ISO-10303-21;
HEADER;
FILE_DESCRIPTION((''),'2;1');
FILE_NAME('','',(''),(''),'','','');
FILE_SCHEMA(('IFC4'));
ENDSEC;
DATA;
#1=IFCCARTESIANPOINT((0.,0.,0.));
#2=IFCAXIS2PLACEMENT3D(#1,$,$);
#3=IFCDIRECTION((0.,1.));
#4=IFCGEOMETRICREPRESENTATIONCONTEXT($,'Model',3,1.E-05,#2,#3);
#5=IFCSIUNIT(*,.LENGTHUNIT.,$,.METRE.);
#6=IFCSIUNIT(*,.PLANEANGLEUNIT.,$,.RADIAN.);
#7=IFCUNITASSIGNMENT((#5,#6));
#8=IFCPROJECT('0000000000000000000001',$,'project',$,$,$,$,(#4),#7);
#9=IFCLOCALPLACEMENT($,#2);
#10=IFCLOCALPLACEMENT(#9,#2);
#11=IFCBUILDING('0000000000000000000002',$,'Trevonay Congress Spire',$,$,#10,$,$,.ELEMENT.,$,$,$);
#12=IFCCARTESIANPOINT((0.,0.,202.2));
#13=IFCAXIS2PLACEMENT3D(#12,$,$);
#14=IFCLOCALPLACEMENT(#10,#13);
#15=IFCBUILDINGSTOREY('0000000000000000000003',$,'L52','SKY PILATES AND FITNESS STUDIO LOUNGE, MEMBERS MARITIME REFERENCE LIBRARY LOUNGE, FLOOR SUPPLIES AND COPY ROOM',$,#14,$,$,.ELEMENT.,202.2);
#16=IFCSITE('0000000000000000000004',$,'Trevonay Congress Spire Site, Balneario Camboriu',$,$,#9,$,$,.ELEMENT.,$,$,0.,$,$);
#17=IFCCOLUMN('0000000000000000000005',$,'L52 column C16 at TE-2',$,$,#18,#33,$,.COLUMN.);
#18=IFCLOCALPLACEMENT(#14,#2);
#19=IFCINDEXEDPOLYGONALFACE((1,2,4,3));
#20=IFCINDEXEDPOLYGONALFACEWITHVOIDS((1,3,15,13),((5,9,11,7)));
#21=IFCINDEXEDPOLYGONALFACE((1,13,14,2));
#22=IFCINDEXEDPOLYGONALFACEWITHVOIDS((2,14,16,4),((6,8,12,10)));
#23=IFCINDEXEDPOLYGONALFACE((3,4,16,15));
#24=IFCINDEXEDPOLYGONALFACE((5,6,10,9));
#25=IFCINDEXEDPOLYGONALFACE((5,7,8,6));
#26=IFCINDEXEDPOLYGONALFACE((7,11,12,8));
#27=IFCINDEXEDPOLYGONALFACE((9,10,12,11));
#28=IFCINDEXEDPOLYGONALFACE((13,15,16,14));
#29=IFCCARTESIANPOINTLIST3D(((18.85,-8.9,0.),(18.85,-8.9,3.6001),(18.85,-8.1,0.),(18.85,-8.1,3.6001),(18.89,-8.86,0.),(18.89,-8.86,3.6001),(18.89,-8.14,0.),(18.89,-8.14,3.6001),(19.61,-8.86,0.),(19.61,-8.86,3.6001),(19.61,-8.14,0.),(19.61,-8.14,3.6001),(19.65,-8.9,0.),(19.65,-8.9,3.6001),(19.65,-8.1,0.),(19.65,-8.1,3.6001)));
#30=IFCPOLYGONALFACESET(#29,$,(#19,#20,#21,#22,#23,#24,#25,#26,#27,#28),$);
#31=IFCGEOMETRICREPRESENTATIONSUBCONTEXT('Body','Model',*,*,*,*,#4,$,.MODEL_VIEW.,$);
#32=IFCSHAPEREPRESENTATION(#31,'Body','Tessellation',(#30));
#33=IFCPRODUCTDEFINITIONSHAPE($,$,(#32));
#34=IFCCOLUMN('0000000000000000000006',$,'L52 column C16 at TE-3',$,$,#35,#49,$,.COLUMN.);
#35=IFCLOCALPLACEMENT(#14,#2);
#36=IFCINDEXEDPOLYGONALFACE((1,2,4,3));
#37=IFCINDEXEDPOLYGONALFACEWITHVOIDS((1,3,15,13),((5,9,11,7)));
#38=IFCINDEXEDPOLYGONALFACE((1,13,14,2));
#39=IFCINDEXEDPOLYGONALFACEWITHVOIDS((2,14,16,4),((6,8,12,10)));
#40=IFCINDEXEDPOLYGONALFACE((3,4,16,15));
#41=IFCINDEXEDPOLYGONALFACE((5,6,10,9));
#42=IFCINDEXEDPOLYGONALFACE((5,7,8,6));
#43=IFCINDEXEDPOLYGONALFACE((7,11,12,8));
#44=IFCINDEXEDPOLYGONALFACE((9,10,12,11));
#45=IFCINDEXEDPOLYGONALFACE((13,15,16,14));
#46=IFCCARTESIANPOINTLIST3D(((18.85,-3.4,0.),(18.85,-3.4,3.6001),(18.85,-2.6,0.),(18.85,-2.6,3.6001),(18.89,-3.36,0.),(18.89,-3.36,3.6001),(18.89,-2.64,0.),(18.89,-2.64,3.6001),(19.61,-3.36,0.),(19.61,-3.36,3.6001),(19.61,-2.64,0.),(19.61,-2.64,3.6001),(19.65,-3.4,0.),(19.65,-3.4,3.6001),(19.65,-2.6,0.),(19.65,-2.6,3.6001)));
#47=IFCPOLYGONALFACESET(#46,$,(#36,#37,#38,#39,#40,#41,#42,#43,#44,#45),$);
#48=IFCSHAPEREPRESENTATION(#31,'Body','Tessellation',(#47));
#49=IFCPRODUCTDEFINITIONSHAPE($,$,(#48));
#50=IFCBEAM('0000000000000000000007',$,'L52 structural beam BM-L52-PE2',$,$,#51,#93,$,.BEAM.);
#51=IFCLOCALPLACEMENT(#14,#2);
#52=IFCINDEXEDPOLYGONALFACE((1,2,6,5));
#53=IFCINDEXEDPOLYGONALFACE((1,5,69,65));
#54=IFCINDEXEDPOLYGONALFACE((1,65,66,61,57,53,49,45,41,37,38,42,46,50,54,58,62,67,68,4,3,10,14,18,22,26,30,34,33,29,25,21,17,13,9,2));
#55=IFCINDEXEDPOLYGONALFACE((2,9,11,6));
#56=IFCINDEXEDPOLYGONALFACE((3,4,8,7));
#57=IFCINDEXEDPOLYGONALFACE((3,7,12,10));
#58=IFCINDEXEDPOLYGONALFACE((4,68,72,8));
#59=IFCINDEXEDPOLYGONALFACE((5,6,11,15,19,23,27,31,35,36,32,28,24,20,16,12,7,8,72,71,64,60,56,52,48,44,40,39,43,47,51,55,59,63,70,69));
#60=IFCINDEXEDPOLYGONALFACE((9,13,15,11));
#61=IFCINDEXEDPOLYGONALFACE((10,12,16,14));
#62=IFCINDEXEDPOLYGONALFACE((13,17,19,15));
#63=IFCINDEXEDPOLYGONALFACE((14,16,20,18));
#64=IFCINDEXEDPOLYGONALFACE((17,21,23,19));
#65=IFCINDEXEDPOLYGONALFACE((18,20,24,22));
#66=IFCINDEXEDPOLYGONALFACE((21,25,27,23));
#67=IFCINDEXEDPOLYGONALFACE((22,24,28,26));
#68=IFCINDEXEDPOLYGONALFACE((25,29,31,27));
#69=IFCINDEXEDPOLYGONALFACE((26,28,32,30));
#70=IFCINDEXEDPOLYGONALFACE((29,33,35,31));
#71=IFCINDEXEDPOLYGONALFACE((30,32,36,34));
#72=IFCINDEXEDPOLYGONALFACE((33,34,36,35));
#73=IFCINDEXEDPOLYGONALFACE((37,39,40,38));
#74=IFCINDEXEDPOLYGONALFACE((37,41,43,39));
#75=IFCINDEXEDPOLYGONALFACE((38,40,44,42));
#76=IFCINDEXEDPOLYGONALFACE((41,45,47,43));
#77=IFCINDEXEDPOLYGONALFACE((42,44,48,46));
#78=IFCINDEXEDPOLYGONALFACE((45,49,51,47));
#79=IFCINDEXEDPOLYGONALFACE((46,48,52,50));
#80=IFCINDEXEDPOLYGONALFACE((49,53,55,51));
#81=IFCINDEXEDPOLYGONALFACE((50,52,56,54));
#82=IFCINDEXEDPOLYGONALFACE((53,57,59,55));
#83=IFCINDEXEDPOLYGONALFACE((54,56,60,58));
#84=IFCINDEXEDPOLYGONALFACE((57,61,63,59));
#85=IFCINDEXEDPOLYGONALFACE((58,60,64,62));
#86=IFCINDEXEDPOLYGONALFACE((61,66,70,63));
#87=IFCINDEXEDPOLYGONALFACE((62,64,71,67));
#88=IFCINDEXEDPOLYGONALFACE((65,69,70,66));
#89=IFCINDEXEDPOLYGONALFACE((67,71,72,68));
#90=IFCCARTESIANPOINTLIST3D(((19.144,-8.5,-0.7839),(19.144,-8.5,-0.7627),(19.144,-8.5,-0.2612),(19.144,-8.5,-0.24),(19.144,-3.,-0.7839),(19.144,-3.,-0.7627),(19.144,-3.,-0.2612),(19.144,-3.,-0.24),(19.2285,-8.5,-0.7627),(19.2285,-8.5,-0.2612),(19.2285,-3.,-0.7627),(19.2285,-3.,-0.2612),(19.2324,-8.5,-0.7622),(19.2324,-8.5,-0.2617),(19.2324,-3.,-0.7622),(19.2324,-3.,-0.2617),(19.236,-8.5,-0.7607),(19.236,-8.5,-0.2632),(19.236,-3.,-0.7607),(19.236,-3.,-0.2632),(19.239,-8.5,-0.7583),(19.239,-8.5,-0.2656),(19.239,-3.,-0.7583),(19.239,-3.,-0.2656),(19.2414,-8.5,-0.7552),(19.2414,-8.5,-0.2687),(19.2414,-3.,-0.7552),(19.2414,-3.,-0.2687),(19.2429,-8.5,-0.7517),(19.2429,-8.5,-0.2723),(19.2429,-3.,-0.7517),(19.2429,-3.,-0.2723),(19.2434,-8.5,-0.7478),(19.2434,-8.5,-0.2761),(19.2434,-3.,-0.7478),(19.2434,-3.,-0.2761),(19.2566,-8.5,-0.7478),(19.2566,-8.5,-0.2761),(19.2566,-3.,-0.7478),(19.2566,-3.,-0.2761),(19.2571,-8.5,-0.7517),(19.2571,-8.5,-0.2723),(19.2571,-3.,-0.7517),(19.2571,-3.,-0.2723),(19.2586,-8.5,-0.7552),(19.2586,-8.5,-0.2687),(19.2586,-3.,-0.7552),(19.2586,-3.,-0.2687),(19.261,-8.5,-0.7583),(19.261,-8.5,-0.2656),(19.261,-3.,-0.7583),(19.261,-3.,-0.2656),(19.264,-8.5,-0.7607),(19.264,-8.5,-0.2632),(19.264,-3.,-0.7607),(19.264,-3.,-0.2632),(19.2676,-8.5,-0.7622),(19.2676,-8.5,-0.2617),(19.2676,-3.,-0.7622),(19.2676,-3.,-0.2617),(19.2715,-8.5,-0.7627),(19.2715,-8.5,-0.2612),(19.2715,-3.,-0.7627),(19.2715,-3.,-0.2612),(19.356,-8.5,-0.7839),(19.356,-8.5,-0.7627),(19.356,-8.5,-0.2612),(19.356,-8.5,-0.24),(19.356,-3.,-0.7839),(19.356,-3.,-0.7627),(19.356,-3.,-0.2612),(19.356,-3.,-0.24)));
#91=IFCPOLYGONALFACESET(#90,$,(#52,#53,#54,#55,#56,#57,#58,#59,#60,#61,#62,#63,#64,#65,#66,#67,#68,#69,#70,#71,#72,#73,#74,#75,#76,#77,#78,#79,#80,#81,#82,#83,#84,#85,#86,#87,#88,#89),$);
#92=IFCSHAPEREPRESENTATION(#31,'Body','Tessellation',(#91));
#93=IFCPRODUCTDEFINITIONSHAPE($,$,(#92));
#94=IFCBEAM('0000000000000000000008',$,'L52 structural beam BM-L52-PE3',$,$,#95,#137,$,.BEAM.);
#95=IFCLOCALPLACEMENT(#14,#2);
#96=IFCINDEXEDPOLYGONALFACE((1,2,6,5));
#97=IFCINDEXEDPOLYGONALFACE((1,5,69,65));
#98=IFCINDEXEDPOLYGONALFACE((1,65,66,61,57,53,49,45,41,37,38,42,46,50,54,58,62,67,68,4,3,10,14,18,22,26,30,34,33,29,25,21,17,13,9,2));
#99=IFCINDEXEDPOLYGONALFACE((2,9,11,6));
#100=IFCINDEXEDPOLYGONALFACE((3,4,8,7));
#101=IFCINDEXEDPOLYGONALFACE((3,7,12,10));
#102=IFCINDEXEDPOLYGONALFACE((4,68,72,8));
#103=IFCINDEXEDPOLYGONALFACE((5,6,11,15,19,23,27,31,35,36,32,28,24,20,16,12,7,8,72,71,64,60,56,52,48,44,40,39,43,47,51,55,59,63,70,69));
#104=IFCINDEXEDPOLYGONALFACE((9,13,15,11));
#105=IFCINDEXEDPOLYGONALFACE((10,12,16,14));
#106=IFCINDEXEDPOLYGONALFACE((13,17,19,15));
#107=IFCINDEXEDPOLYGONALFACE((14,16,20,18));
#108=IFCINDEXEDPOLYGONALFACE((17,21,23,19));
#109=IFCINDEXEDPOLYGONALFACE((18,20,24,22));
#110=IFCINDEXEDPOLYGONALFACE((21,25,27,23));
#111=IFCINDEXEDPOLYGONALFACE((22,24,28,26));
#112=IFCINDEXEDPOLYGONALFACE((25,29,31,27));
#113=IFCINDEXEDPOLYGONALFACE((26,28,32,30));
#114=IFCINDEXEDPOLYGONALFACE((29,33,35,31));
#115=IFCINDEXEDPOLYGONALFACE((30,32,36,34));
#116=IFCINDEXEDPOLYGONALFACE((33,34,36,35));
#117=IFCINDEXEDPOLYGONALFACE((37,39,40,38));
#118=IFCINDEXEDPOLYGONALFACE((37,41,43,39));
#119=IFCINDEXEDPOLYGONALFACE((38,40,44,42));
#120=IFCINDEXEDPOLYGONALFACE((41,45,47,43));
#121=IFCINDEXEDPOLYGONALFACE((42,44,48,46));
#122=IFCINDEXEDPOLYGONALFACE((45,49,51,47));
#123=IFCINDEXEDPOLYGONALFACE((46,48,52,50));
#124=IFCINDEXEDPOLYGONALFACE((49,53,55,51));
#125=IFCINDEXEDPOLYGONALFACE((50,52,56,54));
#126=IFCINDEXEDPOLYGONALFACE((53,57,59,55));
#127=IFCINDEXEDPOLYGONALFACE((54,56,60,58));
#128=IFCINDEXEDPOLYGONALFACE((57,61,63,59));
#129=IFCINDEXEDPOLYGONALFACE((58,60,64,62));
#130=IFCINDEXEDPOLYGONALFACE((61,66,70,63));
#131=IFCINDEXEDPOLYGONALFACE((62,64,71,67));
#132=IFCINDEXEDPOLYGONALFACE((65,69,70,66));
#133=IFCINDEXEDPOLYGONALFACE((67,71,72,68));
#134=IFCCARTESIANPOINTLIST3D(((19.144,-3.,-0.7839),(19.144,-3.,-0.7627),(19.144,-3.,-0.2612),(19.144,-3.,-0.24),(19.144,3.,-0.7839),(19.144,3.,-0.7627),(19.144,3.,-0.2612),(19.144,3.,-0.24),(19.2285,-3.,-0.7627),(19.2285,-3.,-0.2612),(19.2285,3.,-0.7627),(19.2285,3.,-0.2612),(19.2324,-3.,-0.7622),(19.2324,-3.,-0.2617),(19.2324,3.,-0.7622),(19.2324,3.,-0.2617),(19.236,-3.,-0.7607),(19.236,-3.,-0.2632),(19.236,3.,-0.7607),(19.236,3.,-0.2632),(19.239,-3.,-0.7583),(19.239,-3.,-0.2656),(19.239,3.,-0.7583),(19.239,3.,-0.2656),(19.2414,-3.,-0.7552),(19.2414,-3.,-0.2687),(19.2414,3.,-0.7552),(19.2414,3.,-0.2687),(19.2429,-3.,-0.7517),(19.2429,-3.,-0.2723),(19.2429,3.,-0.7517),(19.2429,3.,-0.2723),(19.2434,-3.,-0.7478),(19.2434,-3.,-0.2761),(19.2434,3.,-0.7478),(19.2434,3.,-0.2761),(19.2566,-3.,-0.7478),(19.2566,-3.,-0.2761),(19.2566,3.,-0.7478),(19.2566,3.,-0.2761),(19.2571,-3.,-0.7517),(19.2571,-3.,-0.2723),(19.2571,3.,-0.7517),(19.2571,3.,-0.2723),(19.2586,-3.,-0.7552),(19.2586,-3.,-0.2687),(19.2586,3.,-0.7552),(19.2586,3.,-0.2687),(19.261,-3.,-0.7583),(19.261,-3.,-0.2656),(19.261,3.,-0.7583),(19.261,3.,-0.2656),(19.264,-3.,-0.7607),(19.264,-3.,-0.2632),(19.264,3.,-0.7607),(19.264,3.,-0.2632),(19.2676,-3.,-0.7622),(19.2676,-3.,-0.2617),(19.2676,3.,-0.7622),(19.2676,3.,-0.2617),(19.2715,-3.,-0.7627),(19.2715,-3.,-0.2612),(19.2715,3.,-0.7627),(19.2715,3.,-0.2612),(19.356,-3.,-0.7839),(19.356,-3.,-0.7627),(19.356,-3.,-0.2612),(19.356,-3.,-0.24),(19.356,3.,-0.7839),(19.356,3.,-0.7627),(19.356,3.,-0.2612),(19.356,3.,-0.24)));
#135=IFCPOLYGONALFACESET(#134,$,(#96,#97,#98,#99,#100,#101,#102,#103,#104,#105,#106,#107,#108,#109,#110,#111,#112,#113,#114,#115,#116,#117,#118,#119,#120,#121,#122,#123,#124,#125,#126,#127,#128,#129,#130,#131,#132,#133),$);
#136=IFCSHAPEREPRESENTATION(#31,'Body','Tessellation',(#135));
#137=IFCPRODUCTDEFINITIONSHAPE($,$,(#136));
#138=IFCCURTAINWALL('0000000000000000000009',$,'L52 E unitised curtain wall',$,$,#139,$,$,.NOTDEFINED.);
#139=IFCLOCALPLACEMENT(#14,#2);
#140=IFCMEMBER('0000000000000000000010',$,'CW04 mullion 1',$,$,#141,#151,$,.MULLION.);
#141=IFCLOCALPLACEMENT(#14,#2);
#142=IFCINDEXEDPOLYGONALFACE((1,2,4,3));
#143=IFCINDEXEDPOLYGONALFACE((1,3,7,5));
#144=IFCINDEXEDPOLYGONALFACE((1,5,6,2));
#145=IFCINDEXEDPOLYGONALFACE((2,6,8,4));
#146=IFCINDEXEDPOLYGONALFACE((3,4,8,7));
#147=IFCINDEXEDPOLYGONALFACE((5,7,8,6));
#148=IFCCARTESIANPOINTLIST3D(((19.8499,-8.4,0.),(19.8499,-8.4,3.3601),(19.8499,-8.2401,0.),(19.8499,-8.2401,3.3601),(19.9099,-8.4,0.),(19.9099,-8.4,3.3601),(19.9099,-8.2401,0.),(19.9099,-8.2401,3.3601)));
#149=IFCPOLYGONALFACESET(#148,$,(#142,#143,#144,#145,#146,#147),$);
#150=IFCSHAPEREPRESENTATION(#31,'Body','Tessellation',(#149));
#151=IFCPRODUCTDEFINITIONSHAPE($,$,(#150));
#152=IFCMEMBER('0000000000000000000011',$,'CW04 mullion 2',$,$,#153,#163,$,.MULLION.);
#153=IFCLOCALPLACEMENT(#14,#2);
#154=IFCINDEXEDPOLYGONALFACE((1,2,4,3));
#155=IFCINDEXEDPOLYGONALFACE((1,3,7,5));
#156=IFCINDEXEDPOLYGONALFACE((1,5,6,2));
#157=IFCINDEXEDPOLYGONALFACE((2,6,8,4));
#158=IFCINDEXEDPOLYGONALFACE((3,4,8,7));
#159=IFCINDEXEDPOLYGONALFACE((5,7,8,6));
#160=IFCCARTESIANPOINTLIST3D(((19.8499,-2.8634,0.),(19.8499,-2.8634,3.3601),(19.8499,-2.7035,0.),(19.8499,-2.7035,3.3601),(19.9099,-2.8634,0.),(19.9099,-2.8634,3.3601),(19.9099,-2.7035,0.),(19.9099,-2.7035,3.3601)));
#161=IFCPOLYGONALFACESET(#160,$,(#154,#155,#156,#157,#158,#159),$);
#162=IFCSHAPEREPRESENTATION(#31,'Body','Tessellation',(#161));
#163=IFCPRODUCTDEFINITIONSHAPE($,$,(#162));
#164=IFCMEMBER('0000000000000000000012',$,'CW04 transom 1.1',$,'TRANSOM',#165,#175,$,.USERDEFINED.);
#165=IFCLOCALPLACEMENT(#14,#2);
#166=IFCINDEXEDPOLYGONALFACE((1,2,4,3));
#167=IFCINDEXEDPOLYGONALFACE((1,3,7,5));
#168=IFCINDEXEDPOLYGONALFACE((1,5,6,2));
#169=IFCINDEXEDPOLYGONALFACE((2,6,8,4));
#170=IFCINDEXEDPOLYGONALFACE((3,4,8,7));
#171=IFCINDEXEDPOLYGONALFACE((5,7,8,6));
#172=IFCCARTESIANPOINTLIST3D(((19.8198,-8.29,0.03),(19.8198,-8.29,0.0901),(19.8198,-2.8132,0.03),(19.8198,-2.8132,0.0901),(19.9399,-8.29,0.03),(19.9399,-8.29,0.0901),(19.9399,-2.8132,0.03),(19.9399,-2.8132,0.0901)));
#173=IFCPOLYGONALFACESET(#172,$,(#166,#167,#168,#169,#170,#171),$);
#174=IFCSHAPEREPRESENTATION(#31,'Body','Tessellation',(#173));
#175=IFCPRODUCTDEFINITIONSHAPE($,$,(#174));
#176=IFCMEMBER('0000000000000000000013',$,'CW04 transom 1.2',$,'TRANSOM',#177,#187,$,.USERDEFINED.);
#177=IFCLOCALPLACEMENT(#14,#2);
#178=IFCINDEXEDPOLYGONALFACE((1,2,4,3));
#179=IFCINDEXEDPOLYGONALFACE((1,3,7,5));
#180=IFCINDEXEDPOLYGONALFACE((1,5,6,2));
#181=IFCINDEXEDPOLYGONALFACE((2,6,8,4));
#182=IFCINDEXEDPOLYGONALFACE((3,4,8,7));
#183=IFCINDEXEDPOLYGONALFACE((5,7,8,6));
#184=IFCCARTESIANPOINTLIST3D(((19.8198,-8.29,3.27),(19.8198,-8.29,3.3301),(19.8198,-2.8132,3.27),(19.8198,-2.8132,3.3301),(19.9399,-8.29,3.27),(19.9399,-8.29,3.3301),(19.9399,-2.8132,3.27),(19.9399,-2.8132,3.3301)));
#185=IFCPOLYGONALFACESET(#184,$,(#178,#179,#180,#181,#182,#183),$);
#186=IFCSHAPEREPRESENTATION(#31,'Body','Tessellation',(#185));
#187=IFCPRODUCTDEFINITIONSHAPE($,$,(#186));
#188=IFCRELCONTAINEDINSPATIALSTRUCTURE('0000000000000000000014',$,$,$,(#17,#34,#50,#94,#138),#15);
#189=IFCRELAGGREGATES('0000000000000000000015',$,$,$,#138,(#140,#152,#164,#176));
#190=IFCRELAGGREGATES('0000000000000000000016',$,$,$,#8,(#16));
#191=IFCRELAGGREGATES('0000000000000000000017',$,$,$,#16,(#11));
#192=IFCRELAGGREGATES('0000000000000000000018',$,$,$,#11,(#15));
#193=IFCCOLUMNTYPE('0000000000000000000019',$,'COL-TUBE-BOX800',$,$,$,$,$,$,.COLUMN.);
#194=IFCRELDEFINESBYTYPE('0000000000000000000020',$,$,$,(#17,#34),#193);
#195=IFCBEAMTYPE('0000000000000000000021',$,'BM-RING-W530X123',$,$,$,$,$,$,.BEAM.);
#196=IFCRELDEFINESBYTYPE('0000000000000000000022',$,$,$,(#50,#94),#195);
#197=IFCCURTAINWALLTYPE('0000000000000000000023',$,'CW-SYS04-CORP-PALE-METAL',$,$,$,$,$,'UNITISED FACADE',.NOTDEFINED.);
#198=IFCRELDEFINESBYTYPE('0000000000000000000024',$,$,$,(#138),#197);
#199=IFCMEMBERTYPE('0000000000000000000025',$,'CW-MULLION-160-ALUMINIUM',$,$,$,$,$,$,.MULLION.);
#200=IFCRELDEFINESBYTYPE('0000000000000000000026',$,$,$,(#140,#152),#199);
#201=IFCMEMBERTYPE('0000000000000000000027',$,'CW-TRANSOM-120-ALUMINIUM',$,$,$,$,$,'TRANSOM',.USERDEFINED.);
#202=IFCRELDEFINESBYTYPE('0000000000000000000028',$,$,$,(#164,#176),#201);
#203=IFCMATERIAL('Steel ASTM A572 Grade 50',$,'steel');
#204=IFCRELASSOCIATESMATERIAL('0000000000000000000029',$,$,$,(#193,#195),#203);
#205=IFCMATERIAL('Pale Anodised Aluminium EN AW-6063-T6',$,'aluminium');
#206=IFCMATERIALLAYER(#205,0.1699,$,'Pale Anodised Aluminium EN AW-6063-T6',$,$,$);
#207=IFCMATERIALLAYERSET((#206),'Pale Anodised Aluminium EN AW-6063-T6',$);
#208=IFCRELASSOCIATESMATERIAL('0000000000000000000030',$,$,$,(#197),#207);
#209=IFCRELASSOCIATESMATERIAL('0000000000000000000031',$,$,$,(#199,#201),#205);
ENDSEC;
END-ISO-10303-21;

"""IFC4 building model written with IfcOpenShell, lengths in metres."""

from ifc_helpers import new_model, si_unit, direction, frame, origin, origin_2d, place, context, subcontext, project, spatial, rectangle, hollow_rectangle, i_section, extrude, material, layer, layer_set, material_profile, profile_set, type_object, element, aggregate, save


model = new_model("IFC4")

# Units and contexts
model_context = context("Model", 3, precision=1e-05, world=origin(), true_north=direction((0.0, 1.0)))
body_context = subcontext(model_context, "Body", "Model", "MODEL_VIEW")
ifc_project = project(units=[si_unit("LENGTHUNIT", "METRE"), si_unit("PLANEANGLEUNIT", "RADIAN")], contexts=[model_context])

# Site, building, storey
site_placement = place(None, origin())
site = spatial("IfcSite", under=ifc_project, at=site_placement, Name="Trevonay Congress Spire Site, Balneario Camboriu", CompositionType="ELEMENT", RefElevation=0.0)
building_placement = place(site_placement, origin())
building = spatial("IfcBuilding", under=site, at=building_placement, Name="Trevonay Congress Spire", CompositionType="ELEMENT")
storey_placement = place(building_placement, frame((0.0, 0.0, 202.2)))
storey = spatial("IfcBuildingStorey", under=building, at=storey_placement, Name="L52", Description="SKY PILATES AND FITNESS STUDIO LOUNGE, MEMBERS MARITIME REFERENCE LIBRARY LOUNGE, FLOOR SUPPLIES AND COPY ROOM", CompositionType="ELEMENT", Elevation=202.2)

# Columns
ifc_material_1 = material(Name="Steel ASTM A572 Grade 50", Category="steel")
ifc_material_profile_1 = material_profile(ifc_material_1, hollow_rectangle(XDim=0.8, YDim=0.8, WallThickness=0.04, at=origin_2d()), Name="BOX 800x800x40")
ifc_profile_set_1 = profile_set([ifc_material_profile_1], Name="Steel ASTM A572 Grade 50")
column_type = type_object("IfcColumnType", Name="COL-TUBE-BOX800", PredefinedType="COLUMN", material=ifc_profile_set_1)
for number, where, z_axis, x_axis, name in (
    (1, (19.25, -8.5, 0.0), (0.0, 0.0, 1.0), (1.0, 0.0, 0.0), "L52 column C16 at TE-2"),
    (2, (19.25, -3.0, 0.0), (0.0, 0.0, 1.0), (1.0, 0.0, 0.0), "L52 column C16 at TE-3"),
):
    element("IfcColumn", number, at=place(storey_placement, frame(where, z_axis=z_axis, x_axis=x_axis)), inside=storey, type_object=column_type, Name=name, PredefinedType="COLUMN", context=body_context, shape_type="SweptSolid", body=[
        extrude(hollow_rectangle(XDim=0.8, YDim=0.8, WallThickness=0.04, at=origin_2d()), origin(), (0.0, 0.0, 1.0), 3.6001),
    ])

# Beams
ifc_material_profile_2 = material_profile(ifc_material_1, i_section(OverallWidth=0.2119, OverallDepth=0.5439, WebThickness=0.0132, FlangeThickness=0.0212, FilletRadius=0.0149, at=origin_2d()), Name="W530x123")
ifc_profile_set_2 = profile_set([ifc_material_profile_2], Name="Steel ASTM A572 Grade 50")
beam_type = type_object("IfcBeamType", Name="BM-RING-W530X123", PredefinedType="BEAM", material=ifc_profile_set_2)
beam_1_placement = place(storey_placement, frame((19.25, -8.5, -0.512), z_axis=(0.0, 1.0, 0.0), x_axis=(-1.0, 0.0, 0.0)))
element("IfcBeam", 3, at=beam_1_placement, inside=storey, type_object=beam_type, Name="L52 structural beam BM-L52-PE2", PredefinedType="BEAM", context=body_context, shape_type="SweptSolid", body=[
    extrude(i_section(OverallWidth=0.2119, OverallDepth=0.5439, WebThickness=0.0132, FlangeThickness=0.0212, FilletRadius=0.0149, at=origin_2d()), origin(), (0.0, 0.0, 1.0), 5.5),
])
beam_2_placement = place(storey_placement, frame((19.25, -3.0, -0.512), z_axis=(0.0, 1.0, 0.0), x_axis=(-1.0, 0.0, 0.0)))
element("IfcBeam", 4, at=beam_2_placement, inside=storey, type_object=beam_type, Name="L52 structural beam BM-L52-PE3", PredefinedType="BEAM", context=body_context, shape_type="SweptSolid", body=[
    extrude(i_section(OverallWidth=0.2119, OverallDepth=0.5439, WebThickness=0.0132, FlangeThickness=0.0212, FilletRadius=0.0149, at=origin_2d()), origin(), (0.0, 0.0, 1.0), 6.0),
])

# Curtain wall, members
ifc_material_2 = material(Name="Pale Anodised Aluminium EN AW-6063-T6", Category="aluminium")
ifc_layer_1 = layer(ifc_material_2, 0.1699, Name="Pale Anodised Aluminium EN AW-6063-T6")
ifc_layer_set_1 = layer_set([ifc_layer_1], Name="Pale Anodised Aluminium EN AW-6063-T6")
curtain_wall_type = type_object("IfcCurtainWallType", Name="CW-SYS04-CORP-PALE-METAL", ElementType="UNITISED FACADE", PredefinedType="NOTDEFINED", material=ifc_layer_set_1)
curtain_wall_placement = place(storey_placement, origin())
curtain_wall = element("IfcCurtainWall", 5, at=curtain_wall_placement, inside=storey, type_object=curtain_wall_type, Name="L52 E unitised curtain wall", PredefinedType="NOTDEFINED")
ifc_material_profile_3 = material_profile(ifc_material_2, rectangle(XDim=0.0601, YDim=0.1599, at=origin_2d()), Name="CW-MULLION-160-ALUMINIUM")
ifc_profile_set_3 = profile_set([ifc_material_profile_3], Name="Pale Anodised Aluminium EN AW-6063-T6")
member_type_1 = type_object("IfcMemberType", Name="CW-MULLION-160-ALUMINIUM", PredefinedType="MULLION", material=ifc_profile_set_3)
member_1_placement = place(storey_placement, frame((19.8799, -8.3201, 0.0), z_axis=(0.0, 0.0, 1.0), x_axis=(-1.0, 0.0, 0.0)))
member_1 = element("IfcMember", 6, at=member_1_placement, type_object=member_type_1, Name="CW04 mullion 1", PredefinedType="MULLION", context=body_context, shape_type="SweptSolid", body=[
    extrude(rectangle(XDim=0.0601, YDim=0.1599, at=origin_2d()), origin(), (0.0, 0.0, 1.0), 3.3601),
])
member_2_placement = place(storey_placement, frame((19.8799, -2.7834, 0.0), z_axis=(0.0, 0.0, 1.0), x_axis=(-1.0, 0.0, 0.0)))
member_2 = element("IfcMember", 7, at=member_2_placement, type_object=member_type_1, Name="CW04 mullion 2", PredefinedType="MULLION", context=body_context, shape_type="SweptSolid", body=[
    extrude(rectangle(XDim=0.0601, YDim=0.1599, at=origin_2d()), origin(), (0.0, 0.0, 1.0), 3.3601),
])
ifc_material_profile_4 = material_profile(ifc_material_2, rectangle(XDim=0.1201, YDim=0.0601, at=origin_2d()), Name="CW-TRANSOM-120-ALUMINIUM")
ifc_profile_set_4 = profile_set([ifc_material_profile_4], Name="Pale Anodised Aluminium EN AW-6063-T6")
member_type_2 = type_object("IfcMemberType", Name="CW-TRANSOM-120-ALUMINIUM", ElementType="TRANSOM", PredefinedType="USERDEFINED", material=ifc_profile_set_4)
member_3_placement = place(storey_placement, frame((19.8799, -8.29, 0.0601), z_axis=(0.0, 1.0, 0.0), x_axis=(-1.0, 0.0, 0.0)))
member_3 = element("IfcMember", 8, at=member_3_placement, type_object=member_type_2, Name="CW04 transom 1.1", ObjectType="TRANSOM", PredefinedType="USERDEFINED", context=body_context, shape_type="SweptSolid", body=[
    extrude(rectangle(XDim=0.1201, YDim=0.0601, at=origin_2d()), origin(), (0.0, 0.0, 1.0), 5.4768),
])
member_4_placement = place(storey_placement, frame((19.8799, -8.29, 3.3), z_axis=(0.0, 1.0, 0.0), x_axis=(-1.0, 0.0, 0.0)))
member_4 = element("IfcMember", 9, at=member_4_placement, type_object=member_type_2, Name="CW04 transom 1.2", ObjectType="TRANSOM", PredefinedType="USERDEFINED", context=body_context, shape_type="SweptSolid", body=[
    extrude(rectangle(XDim=0.1201, YDim=0.0601, at=origin_2d()), origin(), (0.0, 0.0, 1.0), 5.4768),
])
aggregate(curtain_wall, [member_1, member_2, member_3, member_4])

save(model, "model.ifc")
